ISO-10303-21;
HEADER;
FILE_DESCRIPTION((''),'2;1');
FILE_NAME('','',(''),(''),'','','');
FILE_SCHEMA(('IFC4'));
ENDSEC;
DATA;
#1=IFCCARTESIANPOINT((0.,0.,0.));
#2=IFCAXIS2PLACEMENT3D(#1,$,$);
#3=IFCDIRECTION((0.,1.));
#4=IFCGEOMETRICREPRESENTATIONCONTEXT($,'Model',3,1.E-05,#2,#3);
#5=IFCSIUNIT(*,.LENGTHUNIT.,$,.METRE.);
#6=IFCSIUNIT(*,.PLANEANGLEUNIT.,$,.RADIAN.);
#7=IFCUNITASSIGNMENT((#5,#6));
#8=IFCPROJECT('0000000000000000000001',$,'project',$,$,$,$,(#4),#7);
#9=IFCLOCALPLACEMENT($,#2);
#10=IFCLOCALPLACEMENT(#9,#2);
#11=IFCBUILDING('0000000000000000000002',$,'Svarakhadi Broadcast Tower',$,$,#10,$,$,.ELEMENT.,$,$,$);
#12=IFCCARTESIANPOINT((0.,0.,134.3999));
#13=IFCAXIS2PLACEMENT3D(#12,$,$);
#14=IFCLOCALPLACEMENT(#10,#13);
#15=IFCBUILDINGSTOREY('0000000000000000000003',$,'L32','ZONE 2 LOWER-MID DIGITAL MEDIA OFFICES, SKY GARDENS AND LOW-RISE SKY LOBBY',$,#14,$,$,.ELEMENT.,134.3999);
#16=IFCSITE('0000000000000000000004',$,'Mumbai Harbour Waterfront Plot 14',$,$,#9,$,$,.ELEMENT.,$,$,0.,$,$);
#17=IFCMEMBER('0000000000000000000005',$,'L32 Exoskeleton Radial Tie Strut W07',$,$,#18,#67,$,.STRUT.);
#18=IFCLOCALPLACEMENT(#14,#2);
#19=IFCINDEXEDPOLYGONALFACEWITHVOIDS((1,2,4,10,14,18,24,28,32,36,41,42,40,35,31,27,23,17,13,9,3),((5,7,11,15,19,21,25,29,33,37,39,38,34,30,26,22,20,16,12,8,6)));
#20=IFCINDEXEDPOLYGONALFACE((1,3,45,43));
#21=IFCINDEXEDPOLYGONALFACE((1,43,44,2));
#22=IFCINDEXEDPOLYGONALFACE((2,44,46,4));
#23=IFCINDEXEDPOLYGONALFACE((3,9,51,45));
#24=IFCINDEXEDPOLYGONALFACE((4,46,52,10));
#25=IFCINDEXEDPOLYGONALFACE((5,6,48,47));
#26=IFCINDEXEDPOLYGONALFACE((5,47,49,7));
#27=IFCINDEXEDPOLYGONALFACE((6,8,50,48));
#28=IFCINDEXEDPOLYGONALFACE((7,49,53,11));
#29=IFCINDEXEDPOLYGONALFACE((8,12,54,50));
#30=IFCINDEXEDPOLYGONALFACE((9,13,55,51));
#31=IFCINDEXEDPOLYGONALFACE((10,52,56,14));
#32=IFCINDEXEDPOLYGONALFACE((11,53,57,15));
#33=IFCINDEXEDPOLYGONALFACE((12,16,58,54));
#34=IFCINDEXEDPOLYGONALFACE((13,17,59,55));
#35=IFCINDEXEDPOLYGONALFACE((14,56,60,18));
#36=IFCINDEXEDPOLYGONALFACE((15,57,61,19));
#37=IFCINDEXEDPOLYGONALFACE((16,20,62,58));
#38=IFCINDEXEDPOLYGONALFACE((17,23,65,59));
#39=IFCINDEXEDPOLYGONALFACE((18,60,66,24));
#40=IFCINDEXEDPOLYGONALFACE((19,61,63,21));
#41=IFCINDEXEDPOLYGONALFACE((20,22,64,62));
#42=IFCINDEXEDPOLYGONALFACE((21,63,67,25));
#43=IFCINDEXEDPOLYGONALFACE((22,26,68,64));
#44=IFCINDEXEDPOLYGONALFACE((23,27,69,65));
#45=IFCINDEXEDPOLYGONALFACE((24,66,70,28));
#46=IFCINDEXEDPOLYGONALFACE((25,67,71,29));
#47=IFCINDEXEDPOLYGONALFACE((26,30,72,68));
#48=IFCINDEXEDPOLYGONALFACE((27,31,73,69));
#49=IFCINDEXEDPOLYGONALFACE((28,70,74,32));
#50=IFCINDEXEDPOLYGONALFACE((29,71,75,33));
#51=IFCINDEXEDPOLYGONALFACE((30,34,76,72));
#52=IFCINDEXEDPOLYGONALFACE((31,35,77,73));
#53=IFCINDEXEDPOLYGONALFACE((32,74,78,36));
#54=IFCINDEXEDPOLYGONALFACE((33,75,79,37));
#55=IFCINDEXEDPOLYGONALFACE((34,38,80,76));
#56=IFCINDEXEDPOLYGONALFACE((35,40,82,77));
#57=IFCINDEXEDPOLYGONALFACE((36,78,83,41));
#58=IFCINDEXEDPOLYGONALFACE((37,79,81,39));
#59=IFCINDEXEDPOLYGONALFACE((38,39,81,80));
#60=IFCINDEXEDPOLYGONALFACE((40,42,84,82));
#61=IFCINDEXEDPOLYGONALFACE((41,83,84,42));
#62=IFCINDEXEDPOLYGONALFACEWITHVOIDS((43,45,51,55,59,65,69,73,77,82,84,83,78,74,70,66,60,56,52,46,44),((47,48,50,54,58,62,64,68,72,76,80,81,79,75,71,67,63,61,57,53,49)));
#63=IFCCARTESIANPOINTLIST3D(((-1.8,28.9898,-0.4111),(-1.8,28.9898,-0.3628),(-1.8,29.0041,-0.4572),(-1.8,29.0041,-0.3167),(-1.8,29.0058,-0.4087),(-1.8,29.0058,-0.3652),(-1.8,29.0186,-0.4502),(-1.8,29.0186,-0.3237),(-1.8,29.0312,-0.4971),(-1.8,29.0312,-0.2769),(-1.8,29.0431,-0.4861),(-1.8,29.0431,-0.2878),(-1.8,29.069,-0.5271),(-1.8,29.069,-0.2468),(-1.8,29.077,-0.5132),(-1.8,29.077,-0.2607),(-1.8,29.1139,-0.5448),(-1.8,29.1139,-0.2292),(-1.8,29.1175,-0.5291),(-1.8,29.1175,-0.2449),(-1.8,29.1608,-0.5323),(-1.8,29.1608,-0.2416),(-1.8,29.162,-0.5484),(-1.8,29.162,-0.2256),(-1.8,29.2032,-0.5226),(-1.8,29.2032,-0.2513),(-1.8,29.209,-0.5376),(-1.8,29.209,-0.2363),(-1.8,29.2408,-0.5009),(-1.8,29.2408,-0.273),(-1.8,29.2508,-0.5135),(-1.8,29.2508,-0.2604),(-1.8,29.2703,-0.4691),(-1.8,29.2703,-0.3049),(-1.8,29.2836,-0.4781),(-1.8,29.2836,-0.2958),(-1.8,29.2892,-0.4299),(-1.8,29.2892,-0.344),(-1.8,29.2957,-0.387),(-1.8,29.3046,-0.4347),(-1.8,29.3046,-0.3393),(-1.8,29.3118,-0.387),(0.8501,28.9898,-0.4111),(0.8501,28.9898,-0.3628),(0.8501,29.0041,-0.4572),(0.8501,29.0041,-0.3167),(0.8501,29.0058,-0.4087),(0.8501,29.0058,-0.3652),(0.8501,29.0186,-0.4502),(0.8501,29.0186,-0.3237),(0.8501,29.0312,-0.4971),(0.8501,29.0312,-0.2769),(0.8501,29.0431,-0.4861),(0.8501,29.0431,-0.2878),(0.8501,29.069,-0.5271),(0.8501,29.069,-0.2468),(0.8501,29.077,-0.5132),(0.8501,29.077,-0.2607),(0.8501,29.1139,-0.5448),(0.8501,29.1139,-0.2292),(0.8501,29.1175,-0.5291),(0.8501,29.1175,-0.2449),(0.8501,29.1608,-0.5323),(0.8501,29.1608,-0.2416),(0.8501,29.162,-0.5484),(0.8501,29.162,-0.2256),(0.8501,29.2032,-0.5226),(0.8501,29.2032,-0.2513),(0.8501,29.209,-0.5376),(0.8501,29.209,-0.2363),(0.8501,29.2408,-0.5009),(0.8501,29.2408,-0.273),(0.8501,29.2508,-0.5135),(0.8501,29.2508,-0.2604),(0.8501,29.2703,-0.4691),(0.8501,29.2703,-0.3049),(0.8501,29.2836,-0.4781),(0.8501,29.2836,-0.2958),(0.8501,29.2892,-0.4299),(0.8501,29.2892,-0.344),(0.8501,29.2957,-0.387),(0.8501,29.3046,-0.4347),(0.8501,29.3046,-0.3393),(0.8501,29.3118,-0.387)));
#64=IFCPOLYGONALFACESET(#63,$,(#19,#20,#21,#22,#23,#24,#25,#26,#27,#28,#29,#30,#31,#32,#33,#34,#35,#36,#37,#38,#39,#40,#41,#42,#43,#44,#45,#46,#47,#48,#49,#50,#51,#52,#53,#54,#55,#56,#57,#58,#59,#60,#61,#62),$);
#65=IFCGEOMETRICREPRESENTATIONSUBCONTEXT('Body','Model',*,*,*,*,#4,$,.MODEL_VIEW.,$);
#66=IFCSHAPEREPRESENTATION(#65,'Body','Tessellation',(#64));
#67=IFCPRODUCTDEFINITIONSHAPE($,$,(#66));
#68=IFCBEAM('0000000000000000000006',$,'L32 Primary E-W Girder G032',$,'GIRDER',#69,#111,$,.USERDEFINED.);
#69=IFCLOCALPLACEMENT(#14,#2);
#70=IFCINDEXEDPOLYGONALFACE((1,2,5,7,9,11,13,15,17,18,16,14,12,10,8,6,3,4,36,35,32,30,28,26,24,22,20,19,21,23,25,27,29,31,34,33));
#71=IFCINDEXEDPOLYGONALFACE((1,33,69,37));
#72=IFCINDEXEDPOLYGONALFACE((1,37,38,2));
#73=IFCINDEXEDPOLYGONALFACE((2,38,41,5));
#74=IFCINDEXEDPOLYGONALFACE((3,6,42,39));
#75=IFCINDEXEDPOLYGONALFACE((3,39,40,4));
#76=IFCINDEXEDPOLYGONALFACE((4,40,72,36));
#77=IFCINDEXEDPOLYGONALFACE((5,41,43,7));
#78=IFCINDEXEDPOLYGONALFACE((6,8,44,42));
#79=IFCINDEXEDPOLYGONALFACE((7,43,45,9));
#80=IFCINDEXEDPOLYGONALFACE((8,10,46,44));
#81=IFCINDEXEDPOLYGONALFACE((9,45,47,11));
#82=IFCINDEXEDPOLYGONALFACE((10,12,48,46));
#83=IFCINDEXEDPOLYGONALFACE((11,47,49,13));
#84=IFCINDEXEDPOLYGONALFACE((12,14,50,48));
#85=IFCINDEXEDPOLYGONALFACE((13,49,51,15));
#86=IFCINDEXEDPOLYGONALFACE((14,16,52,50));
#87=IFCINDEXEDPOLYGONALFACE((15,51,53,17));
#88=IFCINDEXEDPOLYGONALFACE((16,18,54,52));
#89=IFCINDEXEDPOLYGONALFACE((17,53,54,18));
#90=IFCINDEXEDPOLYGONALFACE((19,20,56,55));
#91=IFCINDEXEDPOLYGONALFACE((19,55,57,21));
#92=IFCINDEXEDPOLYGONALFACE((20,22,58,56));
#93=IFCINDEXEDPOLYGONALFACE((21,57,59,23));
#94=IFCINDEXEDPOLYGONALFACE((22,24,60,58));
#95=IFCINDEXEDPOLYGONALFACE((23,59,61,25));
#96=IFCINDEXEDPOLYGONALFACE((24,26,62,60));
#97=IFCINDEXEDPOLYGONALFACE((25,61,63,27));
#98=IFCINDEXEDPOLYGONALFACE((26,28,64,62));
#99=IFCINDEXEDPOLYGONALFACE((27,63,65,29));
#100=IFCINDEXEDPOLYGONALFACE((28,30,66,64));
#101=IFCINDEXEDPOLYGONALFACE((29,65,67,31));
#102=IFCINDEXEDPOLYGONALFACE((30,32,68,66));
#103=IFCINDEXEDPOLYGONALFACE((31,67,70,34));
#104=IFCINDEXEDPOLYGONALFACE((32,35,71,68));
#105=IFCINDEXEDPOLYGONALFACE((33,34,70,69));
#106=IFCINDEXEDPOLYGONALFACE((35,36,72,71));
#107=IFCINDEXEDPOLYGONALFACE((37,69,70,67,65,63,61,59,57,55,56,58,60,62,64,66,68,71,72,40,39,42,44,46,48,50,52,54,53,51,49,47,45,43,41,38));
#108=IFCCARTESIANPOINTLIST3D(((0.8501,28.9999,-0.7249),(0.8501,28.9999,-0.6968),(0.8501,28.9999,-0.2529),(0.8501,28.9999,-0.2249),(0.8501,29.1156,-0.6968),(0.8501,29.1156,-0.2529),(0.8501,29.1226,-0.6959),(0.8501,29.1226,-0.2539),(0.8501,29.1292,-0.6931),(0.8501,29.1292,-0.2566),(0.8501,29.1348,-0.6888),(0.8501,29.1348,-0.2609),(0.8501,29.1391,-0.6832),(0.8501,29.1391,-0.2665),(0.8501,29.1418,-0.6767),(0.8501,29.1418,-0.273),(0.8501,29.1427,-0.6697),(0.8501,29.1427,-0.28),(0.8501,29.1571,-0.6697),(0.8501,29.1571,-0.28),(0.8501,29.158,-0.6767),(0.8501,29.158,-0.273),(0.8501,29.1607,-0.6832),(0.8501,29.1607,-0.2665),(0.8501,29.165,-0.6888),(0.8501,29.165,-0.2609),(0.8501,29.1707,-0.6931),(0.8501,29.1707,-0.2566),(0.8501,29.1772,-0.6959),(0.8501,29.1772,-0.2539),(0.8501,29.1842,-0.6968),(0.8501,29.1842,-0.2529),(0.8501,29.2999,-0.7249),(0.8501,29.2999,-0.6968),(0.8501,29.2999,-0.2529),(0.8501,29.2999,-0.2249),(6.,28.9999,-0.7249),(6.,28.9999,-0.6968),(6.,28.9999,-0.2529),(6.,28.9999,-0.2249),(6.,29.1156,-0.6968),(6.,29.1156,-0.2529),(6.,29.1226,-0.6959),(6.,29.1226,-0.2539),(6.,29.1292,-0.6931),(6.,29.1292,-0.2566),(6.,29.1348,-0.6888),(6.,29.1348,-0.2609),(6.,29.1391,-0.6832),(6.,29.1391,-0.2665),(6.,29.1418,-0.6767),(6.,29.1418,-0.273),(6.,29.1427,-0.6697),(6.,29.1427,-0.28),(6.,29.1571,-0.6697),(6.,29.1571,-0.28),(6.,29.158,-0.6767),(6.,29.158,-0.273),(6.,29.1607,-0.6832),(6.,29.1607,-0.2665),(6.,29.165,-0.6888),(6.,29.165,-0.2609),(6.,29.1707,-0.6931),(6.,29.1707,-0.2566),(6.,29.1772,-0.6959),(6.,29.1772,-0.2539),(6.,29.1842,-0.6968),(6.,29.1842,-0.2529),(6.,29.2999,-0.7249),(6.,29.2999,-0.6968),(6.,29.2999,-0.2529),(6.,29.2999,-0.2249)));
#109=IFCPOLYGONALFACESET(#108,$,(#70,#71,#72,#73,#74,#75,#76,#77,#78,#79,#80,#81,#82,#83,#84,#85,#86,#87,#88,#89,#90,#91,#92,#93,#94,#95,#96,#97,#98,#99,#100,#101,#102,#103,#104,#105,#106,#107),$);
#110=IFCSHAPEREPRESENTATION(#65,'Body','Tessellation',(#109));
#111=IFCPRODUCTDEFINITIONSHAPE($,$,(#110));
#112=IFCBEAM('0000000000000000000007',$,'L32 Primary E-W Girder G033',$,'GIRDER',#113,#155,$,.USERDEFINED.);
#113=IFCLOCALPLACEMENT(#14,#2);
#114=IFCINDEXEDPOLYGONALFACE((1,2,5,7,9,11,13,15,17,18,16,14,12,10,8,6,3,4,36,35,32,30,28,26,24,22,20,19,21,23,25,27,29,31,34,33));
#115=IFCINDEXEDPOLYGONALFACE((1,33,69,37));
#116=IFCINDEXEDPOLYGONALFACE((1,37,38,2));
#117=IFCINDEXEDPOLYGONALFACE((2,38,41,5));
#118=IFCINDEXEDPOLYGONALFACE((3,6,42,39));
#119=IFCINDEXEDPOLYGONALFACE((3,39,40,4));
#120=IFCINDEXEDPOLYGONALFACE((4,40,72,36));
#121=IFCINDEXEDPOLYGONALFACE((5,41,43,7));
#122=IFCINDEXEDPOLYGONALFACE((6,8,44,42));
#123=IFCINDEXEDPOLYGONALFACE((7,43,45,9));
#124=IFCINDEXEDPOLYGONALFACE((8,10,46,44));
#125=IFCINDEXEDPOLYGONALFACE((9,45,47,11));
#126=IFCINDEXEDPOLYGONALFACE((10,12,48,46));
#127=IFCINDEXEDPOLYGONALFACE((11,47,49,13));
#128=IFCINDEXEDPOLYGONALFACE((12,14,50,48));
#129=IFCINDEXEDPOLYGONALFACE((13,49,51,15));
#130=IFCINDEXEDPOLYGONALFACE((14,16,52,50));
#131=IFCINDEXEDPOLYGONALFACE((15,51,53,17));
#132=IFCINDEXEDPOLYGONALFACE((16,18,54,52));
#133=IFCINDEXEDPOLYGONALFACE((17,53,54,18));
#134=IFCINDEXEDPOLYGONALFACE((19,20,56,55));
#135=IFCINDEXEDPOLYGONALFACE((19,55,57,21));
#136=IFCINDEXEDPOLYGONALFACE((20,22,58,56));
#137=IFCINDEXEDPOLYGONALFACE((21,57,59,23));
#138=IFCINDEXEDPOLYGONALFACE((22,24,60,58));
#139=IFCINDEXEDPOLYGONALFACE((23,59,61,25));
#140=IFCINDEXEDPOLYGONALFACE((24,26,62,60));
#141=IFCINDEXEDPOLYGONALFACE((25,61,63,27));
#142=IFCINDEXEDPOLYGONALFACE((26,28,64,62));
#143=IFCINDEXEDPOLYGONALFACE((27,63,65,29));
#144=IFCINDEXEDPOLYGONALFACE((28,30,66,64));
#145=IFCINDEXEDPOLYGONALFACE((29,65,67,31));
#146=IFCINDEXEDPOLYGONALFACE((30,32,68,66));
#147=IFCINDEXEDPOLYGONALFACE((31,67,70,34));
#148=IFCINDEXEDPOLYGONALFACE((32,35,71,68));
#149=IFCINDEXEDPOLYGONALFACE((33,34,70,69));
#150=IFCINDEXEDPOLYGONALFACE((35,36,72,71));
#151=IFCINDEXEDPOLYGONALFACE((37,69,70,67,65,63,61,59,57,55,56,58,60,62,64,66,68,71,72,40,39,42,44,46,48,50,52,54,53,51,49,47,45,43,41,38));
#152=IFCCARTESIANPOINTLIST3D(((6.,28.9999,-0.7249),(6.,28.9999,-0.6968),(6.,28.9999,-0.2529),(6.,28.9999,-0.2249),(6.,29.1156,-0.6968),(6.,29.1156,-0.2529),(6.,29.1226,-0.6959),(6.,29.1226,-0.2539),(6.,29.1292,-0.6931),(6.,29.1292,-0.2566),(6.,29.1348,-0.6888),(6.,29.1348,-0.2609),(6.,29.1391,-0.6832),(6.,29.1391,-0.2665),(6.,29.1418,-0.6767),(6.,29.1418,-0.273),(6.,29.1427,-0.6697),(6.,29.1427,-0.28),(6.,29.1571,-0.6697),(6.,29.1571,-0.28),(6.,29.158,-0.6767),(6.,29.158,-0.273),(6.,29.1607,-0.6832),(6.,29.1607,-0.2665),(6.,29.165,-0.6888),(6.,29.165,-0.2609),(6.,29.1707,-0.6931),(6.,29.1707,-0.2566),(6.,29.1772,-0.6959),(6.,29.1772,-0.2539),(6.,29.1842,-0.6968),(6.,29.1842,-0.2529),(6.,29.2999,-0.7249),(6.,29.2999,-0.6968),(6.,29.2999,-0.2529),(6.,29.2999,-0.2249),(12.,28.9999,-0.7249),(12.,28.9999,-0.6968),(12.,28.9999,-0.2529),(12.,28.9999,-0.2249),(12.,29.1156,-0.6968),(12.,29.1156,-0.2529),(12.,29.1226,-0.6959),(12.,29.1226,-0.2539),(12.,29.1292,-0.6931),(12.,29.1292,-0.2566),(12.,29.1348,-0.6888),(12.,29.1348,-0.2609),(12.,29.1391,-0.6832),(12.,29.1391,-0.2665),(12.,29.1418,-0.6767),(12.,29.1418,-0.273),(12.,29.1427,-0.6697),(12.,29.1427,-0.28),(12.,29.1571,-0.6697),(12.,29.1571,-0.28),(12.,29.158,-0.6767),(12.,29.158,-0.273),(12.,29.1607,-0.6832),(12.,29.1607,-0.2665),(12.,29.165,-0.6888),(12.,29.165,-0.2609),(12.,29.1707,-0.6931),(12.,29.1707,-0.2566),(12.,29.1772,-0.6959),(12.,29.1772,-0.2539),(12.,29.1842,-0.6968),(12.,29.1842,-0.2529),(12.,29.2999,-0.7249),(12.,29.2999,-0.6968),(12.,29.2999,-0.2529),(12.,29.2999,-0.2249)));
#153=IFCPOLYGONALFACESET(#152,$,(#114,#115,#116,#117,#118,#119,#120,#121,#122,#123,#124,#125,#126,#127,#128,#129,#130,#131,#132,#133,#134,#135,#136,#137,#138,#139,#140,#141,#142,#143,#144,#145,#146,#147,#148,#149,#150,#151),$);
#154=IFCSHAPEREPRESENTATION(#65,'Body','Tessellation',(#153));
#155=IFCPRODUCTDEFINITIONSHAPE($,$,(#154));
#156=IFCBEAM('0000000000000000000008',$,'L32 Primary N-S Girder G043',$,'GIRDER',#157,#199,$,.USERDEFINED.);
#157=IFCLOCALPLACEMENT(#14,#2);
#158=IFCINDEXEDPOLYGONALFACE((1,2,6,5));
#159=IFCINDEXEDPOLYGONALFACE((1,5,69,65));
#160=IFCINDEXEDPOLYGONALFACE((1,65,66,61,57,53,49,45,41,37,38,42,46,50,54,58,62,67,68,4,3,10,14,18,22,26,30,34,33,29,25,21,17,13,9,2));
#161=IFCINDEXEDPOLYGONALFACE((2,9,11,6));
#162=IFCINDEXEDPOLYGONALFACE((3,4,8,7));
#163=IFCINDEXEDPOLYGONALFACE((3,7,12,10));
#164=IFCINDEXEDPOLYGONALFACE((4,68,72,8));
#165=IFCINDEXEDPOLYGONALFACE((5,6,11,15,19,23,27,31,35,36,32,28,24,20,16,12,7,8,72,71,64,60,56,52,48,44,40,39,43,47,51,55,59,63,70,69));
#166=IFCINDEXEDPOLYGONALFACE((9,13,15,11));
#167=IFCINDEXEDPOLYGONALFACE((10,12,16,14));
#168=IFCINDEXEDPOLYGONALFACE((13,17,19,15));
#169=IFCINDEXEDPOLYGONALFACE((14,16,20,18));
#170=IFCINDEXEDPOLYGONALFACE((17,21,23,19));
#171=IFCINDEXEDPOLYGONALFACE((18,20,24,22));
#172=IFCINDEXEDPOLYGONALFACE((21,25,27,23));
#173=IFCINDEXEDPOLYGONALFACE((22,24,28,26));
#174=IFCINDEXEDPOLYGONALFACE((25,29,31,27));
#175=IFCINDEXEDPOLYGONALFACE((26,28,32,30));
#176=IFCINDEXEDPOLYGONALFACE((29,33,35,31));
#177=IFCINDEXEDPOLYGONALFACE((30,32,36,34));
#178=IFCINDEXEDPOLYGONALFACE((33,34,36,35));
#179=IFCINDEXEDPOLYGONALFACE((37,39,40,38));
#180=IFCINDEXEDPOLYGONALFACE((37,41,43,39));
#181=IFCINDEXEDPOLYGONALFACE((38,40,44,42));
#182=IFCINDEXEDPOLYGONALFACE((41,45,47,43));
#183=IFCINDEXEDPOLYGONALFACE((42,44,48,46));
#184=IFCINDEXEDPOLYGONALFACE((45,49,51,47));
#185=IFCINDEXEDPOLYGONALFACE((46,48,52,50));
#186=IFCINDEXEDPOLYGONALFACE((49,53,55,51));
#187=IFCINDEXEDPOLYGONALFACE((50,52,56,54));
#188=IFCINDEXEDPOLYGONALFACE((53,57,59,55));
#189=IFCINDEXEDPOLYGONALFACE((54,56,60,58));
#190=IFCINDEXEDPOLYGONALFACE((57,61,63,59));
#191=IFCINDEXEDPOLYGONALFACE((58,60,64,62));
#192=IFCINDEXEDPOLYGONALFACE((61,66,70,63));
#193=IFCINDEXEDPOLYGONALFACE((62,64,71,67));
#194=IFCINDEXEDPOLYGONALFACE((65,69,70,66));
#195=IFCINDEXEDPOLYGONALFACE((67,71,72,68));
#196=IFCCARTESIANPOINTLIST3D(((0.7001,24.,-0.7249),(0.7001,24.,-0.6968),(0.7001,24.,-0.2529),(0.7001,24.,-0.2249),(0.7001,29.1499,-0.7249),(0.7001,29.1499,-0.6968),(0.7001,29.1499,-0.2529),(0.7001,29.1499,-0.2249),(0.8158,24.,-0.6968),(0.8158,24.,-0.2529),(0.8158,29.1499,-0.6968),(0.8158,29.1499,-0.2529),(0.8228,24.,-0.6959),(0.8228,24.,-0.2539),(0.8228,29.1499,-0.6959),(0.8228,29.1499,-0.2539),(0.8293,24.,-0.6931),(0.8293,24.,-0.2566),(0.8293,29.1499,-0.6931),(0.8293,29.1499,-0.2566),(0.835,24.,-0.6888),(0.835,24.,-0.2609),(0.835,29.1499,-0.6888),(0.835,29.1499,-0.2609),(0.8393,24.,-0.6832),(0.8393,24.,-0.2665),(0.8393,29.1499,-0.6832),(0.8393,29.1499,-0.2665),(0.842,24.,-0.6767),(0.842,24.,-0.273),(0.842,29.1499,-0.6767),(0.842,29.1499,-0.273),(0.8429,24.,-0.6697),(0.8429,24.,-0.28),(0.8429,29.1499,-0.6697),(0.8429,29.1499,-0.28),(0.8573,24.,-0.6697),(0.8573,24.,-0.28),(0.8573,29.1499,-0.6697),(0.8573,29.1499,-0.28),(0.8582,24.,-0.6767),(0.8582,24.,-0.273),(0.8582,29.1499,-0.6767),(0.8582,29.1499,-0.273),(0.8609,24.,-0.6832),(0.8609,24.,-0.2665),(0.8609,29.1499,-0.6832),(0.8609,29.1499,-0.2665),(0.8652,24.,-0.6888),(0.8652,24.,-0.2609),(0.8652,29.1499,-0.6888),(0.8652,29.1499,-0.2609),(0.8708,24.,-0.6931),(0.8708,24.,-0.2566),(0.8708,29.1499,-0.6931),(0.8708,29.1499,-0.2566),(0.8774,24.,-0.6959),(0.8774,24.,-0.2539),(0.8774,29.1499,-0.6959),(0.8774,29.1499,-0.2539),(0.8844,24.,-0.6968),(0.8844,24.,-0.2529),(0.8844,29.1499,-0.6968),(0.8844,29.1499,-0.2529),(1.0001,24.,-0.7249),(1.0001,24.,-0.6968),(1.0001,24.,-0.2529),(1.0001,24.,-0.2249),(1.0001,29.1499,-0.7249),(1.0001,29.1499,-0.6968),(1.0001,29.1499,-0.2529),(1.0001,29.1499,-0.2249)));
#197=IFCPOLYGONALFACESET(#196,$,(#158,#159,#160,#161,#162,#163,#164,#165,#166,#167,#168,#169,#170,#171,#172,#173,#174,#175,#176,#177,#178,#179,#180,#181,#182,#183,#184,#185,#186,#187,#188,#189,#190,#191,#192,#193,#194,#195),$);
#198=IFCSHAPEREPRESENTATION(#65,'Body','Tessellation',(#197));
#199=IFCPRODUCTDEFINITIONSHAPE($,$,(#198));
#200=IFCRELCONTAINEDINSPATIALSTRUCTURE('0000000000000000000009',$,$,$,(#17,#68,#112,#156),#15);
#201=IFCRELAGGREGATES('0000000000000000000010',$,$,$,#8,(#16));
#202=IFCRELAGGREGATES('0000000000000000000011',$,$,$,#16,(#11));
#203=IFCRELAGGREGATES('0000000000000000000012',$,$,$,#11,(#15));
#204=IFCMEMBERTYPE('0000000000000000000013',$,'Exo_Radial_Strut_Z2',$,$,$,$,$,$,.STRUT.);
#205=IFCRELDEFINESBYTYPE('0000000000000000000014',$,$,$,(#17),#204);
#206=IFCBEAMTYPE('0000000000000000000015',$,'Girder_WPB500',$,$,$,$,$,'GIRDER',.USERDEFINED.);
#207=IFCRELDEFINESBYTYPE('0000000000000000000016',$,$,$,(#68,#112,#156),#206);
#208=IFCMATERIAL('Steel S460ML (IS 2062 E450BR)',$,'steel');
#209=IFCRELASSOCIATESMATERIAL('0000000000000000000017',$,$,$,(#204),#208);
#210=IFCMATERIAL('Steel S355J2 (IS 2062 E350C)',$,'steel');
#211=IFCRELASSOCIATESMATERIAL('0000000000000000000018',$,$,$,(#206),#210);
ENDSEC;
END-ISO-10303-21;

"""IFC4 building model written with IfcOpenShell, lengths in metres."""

from ifc_helpers import new_model, si_unit, direction, frame, origin, origin_2d, place, context, subcontext, project, spatial, hollow_circle, i_section, extrude, material, material_profile, profile_set, type_object, element, save


model = new_model("IFC4")

# Units and contexts
model_context = context("Model", 3, precision=1e-05, world=origin(), true_north=direction((0.0, 1.0)))
body_context = subcontext(model_context, "Body", "Model", "MODEL_VIEW")
ifc_project = project(units=[si_unit("LENGTHUNIT", "METRE"), si_unit("PLANEANGLEUNIT", "RADIAN")], contexts=[model_context])

# Site, building, storey
site_placement = place(None, origin())
site = spatial("IfcSite", under=ifc_project, at=site_placement, Name="Mumbai Harbour Waterfront Plot 14", CompositionType="ELEMENT", RefElevation=0.0)
building_placement = place(site_placement, origin())
building = spatial("IfcBuilding", under=site, at=building_placement, Name="Svarakhadi Broadcast Tower", CompositionType="ELEMENT")
storey_placement = place(building_placement, frame((0.0, 0.0, 134.3999)))
storey = spatial("IfcBuildingStorey", under=building, at=storey_placement, Name="L32", Description="ZONE 2 LOWER-MID DIGITAL MEDIA OFFICES, SKY GARDENS AND LOW-RISE SKY LOBBY", CompositionType="ELEMENT", Elevation=134.3999)

# Shared definitions
ifc_material_1 = material(Name="Steel S460ML (IS 2062 E450BR)", Category="steel")

# Shared definitions
ifc_material_2 = material(Name="Steel S355J2 (IS 2062 E350C)", Category="steel")

# Member
ifc_material_profile_1 = material_profile(ifc_material_1, hollow_circle(Radius=0.1619, WallThickness=0.0161, at=origin_2d()), Name="CHS 323.9x16")
ifc_profile_set_1 = profile_set([ifc_material_profile_1], Name="Steel S460ML (IS 2062 E450BR)")
member_type_1 = type_object("IfcMemberType", Name="Exo_Radial_Strut_Z2", PredefinedType="STRUT", material=ifc_profile_set_1)
member_1_placement = place(storey_placement, frame((-1.8, 29.1499, -0.387), z_axis=(1.0, 0.0, 0.0), x_axis=(0.0, 1.0, 0.0)))
element("IfcMember", 1, at=member_1_placement, inside=storey, type_object=member_type_1, Name="L32 Exoskeleton Radial Tie Strut W07", PredefinedType="STRUT", context=body_context, shape_type="SweptSolid", body=[
    extrude(hollow_circle(Radius=0.1619, WallThickness=0.0161, at=origin_2d()), origin(), (0.0, 0.0, 1.0), 2.6501),
])

# Beams
ifc_material_profile_2 = material_profile(ifc_material_2, i_section(OverallWidth=0.3, OverallDepth=0.5, WebThickness=0.0144, FlangeThickness=0.0281, FilletRadius=0.0271, at=origin_2d()), Name="WPB 500x300x187")
ifc_profile_set_2 = profile_set([ifc_material_profile_2], Name="Steel S355J2 (IS 2062 E350C)")
beam_type_1 = type_object("IfcBeamType", Name="Girder_WPB500", ElementType="GIRDER", PredefinedType="USERDEFINED", material=ifc_profile_set_2)
beam_1_placement = place(storey_placement, frame((0.8501, 29.1499, -0.4749), z_axis=(1.0, 0.0, 0.0), x_axis=(0.0, 1.0, 0.0)))
element("IfcBeam", 2, at=beam_1_placement, inside=storey, type_object=beam_type_1, Name="L32 Primary E-W Girder G032", ObjectType="GIRDER", PredefinedType="USERDEFINED", context=body_context, shape_type="SweptSolid", body=[
    extrude(i_section(OverallWidth=0.3, OverallDepth=0.5, WebThickness=0.0144, FlangeThickness=0.0281, FilletRadius=0.0271, at=origin_2d()), origin(), (0.0, 0.0, 1.0), 5.1499),
])
beam_2_placement = place(storey_placement, frame((6.0, 29.1499, -0.4749), z_axis=(1.0, 0.0, 0.0), x_axis=(0.0, 1.0, 0.0)))
element("IfcBeam", 3, at=beam_2_placement, inside=storey, type_object=beam_type_1, Name="L32 Primary E-W Girder G033", ObjectType="GIRDER", PredefinedType="USERDEFINED", context=body_context, shape_type="SweptSolid", body=[
    extrude(i_section(OverallWidth=0.3, OverallDepth=0.5, WebThickness=0.0144, FlangeThickness=0.0281, FilletRadius=0.0271, at=origin_2d()), origin(), (0.0, 0.0, 1.0), 6.0),
])
beam_3_placement = place(storey_placement, frame((0.8501, 24.0, -0.4749), z_axis=(0.0, 1.0, 0.0), x_axis=(-1.0, 0.0, 0.0)))
element("IfcBeam", 4, at=beam_3_placement, inside=storey, type_object=beam_type_1, Name="L32 Primary N-S Girder G043", ObjectType="GIRDER", PredefinedType="USERDEFINED", context=body_context, shape_type="SweptSolid", body=[
    extrude(i_section(OverallWidth=0.3, OverallDepth=0.5, WebThickness=0.0144, FlangeThickness=0.0281, FilletRadius=0.0271, at=origin_2d()), origin(), (0.0, 0.0, 1.0), 5.1499),
])

save(model, "model.ifc")
